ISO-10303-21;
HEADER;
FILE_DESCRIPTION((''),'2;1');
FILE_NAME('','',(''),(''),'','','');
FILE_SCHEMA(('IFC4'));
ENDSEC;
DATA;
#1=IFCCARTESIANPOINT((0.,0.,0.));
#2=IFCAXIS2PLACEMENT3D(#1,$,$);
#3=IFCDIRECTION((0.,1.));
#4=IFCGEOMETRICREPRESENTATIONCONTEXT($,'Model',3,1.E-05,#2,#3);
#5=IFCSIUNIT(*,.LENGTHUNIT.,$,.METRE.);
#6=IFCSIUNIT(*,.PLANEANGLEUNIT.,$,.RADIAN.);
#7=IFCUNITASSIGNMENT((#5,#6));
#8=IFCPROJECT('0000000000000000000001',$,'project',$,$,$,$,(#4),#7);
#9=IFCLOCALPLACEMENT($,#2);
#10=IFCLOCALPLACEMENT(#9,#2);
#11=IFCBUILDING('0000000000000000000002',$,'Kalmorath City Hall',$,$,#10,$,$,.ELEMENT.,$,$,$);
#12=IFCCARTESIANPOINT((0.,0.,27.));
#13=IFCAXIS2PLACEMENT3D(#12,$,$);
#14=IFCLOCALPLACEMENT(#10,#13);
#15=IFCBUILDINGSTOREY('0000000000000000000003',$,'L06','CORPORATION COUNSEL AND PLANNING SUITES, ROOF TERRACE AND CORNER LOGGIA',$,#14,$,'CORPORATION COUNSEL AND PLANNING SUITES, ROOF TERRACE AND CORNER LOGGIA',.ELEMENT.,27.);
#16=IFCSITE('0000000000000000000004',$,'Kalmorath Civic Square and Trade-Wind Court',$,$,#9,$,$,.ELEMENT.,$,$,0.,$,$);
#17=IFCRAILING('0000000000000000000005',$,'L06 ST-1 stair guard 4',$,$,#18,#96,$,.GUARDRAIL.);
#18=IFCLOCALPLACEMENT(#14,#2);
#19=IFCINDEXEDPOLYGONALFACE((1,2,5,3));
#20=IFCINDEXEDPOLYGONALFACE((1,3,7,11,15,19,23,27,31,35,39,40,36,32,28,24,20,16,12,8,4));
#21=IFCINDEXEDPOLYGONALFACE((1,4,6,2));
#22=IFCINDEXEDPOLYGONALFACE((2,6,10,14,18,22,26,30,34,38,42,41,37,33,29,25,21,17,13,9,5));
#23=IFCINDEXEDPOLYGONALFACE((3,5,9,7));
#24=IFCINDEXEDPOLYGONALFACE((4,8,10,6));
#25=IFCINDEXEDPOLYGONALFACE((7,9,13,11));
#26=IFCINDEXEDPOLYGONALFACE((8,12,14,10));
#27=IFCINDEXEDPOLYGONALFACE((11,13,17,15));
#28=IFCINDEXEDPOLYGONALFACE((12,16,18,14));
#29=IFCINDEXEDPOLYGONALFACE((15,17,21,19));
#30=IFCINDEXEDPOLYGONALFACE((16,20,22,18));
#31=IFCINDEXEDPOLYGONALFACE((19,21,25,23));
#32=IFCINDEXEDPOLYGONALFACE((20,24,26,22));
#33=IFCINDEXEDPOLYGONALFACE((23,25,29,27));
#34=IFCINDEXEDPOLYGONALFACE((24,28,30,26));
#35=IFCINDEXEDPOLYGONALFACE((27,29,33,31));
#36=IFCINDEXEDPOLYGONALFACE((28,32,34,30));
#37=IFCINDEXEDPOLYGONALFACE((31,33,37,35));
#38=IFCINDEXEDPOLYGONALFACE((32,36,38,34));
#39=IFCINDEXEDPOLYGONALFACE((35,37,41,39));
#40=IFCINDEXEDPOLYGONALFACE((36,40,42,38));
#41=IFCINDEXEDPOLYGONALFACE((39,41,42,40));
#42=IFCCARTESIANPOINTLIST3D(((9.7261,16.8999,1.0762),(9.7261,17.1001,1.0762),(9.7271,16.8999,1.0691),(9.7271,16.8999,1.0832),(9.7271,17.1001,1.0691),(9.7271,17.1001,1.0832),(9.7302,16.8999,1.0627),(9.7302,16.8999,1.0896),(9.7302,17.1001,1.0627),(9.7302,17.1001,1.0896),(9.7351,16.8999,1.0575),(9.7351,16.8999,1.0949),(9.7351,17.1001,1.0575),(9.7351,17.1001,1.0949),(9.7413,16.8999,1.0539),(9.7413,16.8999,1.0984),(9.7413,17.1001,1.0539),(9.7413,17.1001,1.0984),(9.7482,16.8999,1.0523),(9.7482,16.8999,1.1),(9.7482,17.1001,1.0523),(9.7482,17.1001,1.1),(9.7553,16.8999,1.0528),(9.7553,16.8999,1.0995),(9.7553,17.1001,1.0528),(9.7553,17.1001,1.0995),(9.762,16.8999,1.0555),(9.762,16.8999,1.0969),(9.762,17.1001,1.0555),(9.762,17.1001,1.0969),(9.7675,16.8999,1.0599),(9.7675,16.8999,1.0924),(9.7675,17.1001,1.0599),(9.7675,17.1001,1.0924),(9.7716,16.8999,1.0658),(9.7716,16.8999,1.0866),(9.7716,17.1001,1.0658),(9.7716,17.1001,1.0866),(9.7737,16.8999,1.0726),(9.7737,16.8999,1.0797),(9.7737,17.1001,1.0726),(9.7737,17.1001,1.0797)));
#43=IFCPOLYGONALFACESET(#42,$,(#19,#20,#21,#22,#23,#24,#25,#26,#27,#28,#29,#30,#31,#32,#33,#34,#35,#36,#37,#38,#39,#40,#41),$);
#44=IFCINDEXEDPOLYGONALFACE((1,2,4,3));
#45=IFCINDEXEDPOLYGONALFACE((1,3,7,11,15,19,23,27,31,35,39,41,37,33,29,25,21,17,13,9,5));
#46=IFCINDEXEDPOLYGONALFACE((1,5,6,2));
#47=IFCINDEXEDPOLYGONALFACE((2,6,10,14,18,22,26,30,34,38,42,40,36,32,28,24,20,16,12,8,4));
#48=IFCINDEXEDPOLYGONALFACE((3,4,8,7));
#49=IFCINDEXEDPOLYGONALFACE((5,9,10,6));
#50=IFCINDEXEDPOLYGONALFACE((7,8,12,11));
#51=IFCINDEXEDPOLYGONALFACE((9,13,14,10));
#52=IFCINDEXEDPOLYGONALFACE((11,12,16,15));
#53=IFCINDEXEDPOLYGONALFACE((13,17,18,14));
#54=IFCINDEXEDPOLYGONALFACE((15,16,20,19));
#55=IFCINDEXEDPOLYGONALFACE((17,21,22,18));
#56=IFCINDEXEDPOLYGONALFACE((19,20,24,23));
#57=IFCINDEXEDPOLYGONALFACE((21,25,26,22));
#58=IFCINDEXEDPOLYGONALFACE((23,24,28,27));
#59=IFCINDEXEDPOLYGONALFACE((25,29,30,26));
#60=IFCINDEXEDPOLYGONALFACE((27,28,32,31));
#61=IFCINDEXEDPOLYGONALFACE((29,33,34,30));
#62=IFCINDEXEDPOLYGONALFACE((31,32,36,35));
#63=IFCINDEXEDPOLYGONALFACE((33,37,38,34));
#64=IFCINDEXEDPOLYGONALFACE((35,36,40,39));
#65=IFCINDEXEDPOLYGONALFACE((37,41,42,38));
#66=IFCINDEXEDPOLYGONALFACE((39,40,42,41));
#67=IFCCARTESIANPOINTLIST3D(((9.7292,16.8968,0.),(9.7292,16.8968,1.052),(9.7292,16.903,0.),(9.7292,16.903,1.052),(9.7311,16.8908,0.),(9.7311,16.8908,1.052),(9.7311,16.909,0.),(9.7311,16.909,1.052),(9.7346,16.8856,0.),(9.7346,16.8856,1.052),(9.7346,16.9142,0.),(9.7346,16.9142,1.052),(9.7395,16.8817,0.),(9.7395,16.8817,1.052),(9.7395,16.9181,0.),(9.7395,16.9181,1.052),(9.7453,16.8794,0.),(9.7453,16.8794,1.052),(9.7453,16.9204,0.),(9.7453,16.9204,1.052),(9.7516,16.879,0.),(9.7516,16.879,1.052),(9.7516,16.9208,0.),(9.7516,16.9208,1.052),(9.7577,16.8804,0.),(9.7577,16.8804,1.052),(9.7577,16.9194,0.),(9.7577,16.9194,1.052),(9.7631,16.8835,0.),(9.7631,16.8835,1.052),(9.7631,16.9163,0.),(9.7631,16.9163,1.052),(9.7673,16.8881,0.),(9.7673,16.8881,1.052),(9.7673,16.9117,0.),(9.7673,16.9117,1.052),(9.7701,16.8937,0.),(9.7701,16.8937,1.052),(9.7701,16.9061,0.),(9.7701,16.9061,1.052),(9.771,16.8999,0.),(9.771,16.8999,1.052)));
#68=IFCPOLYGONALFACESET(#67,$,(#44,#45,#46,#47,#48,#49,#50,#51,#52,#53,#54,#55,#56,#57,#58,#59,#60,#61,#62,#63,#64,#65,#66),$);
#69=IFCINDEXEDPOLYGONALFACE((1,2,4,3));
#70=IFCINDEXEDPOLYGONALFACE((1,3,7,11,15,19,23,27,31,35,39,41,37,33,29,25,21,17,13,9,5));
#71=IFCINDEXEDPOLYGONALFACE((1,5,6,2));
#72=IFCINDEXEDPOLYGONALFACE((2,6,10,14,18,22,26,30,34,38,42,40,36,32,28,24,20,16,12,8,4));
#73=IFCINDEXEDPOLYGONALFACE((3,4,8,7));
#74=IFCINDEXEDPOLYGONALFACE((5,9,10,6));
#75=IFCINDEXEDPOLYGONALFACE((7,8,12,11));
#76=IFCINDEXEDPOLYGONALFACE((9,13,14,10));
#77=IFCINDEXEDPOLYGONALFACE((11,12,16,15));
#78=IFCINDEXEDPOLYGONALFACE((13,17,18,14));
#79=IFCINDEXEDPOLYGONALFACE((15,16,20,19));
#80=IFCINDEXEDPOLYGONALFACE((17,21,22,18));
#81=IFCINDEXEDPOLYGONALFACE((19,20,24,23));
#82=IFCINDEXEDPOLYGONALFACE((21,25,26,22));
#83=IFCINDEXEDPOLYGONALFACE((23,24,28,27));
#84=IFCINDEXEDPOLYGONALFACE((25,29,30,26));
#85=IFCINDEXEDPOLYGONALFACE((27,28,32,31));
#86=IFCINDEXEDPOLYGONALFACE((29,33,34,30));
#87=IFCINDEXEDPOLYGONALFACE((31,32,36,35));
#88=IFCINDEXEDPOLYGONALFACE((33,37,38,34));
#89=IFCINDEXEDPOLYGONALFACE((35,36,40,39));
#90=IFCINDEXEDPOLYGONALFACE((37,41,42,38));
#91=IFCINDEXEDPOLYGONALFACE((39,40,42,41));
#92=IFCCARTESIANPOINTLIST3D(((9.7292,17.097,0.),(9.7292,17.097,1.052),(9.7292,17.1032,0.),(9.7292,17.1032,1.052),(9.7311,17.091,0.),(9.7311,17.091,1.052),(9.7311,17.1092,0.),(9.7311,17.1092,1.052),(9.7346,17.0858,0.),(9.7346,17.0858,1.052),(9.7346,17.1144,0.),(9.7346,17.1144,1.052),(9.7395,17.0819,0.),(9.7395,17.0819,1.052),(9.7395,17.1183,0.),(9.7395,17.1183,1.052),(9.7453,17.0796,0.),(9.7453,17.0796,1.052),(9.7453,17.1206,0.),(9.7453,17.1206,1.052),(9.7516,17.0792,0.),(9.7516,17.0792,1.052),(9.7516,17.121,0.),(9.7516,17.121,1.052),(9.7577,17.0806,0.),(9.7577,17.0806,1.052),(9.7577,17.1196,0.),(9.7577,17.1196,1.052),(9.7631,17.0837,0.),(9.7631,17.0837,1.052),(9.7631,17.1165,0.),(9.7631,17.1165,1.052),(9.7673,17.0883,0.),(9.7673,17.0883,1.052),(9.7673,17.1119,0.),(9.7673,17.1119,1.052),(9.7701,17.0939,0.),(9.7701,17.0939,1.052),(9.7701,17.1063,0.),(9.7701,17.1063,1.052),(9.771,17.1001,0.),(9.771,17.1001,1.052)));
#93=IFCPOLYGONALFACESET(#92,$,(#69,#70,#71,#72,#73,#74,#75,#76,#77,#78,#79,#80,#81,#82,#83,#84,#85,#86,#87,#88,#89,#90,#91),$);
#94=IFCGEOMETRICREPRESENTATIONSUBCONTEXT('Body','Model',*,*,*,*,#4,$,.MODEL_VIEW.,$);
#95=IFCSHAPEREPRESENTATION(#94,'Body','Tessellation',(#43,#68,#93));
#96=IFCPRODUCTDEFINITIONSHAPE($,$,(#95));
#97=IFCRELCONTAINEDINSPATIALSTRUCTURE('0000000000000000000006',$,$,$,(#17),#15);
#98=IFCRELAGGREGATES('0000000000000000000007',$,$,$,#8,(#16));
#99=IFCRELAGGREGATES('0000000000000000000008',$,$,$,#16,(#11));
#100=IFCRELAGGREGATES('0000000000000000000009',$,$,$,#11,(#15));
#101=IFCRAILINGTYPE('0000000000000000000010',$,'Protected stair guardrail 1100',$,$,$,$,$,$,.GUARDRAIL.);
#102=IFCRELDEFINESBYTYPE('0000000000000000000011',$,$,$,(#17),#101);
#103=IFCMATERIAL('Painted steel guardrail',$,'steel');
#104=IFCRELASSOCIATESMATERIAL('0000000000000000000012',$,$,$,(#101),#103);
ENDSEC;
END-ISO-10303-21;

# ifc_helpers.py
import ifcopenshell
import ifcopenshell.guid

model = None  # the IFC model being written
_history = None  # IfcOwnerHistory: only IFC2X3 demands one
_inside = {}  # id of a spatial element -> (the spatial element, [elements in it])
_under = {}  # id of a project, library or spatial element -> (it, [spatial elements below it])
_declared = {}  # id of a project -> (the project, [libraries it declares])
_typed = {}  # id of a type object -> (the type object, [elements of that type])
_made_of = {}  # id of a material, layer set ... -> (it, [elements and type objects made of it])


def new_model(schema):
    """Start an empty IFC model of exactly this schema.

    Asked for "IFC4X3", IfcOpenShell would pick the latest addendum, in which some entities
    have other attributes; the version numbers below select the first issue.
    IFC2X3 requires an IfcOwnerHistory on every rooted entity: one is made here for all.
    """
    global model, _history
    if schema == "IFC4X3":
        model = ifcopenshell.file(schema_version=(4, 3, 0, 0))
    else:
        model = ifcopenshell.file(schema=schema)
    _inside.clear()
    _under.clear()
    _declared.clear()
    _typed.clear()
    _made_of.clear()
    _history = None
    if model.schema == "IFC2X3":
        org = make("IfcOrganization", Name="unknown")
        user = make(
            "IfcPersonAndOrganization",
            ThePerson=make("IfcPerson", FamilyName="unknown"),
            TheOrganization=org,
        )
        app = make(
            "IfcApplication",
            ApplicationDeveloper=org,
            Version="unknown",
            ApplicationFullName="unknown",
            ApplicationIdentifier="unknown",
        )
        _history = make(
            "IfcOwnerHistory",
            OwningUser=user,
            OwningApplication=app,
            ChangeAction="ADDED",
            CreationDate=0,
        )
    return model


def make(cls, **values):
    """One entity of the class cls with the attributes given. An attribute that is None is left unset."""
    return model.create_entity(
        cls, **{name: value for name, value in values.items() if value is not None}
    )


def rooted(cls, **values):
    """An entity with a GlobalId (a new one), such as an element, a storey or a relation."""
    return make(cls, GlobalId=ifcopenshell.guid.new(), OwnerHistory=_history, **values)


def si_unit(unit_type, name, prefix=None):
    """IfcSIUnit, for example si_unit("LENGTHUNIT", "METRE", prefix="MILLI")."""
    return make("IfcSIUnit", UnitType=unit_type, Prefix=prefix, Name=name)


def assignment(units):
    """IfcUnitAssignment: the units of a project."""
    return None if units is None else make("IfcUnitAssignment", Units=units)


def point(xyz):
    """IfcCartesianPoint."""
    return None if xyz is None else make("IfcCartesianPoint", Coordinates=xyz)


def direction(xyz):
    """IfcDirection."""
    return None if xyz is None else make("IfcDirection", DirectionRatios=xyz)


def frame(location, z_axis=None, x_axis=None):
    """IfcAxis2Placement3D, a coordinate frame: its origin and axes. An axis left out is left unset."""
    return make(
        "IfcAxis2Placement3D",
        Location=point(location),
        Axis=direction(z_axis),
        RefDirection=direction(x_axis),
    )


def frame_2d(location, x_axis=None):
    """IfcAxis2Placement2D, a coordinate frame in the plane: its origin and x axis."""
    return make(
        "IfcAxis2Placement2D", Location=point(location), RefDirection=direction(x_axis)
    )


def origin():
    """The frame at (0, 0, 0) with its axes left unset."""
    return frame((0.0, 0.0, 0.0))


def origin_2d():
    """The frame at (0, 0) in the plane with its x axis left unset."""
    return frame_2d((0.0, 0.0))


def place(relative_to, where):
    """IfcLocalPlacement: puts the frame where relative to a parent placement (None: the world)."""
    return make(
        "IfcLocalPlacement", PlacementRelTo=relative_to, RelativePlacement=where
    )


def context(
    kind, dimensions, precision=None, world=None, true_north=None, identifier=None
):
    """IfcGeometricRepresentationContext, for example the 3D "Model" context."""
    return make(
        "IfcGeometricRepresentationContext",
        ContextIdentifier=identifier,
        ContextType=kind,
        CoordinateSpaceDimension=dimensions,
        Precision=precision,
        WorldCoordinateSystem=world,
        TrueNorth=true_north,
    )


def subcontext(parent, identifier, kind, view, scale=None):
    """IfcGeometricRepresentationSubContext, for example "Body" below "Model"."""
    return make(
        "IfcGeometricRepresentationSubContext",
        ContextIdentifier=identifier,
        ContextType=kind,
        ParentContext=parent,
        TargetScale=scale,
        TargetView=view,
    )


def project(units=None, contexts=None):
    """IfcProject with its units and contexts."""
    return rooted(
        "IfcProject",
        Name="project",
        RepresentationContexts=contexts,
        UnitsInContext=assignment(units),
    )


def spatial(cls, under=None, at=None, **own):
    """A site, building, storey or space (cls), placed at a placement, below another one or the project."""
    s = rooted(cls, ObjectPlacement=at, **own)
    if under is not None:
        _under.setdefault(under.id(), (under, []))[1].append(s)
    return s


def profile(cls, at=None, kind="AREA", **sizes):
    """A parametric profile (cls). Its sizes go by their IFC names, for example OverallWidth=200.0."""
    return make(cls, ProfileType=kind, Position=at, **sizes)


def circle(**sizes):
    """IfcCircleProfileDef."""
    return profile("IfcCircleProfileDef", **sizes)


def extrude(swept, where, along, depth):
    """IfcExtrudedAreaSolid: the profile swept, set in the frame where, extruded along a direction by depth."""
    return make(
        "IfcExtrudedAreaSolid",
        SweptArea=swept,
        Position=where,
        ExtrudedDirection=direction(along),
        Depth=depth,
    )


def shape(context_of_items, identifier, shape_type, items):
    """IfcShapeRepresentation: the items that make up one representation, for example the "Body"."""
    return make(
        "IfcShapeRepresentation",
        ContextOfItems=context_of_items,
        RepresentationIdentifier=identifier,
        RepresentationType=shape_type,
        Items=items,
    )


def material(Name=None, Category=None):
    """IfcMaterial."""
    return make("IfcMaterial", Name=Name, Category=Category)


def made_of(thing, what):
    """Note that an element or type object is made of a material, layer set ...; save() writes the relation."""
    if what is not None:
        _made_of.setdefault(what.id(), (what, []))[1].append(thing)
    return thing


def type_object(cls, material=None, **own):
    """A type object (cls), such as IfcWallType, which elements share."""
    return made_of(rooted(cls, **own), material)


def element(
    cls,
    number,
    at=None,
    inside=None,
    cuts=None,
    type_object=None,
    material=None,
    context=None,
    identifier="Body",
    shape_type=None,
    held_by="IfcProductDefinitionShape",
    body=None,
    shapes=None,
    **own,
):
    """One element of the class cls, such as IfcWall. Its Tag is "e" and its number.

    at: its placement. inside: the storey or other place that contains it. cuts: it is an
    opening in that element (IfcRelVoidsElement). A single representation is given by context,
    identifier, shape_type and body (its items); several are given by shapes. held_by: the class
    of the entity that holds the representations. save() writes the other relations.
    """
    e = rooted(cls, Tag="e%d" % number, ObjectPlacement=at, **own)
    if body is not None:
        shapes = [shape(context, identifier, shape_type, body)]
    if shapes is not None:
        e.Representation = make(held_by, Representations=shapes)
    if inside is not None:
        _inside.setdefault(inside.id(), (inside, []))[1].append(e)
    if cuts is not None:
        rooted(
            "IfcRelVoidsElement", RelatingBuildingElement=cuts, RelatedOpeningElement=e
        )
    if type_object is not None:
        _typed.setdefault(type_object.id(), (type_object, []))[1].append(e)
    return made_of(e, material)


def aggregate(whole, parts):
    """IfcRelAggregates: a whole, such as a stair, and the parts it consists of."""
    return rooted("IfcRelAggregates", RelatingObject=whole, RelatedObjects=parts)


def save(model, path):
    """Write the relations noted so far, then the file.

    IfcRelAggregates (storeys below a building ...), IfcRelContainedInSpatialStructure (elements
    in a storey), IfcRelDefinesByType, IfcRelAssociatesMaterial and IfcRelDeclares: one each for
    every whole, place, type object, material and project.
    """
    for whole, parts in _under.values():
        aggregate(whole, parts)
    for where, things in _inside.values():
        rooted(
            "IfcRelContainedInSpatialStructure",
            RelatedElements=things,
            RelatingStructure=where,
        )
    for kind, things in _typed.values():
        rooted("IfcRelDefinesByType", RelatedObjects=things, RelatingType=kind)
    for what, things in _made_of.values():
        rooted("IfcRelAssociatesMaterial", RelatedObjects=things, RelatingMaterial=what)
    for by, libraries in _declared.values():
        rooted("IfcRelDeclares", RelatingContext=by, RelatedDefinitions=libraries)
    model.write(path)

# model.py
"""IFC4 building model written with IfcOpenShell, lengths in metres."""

from ifc_helpers import new_model, si_unit, direction, frame, origin, origin_2d, place, context, subcontext, project, spatial, circle, extrude, material, type_object, element, save


model = new_model("IFC4")

# Units and contexts
model_context = context("Model", 3, precision=1e-05, world=origin(), true_north=direction((0.0, 1.0)))
body_context = subcontext(model_context, "Body", "Model", "MODEL_VIEW")
ifc_project = project(units=[si_unit("LENGTHUNIT", "METRE"), si_unit("PLANEANGLEUNIT", "RADIAN")], contexts=[model_context])

# Site, building, storey
site_placement = place(None, origin())
site = spatial("IfcSite", under=ifc_project, at=site_placement, Name="Kalmorath Civic Square and Trade-Wind Court", CompositionType="ELEMENT", RefElevation=0.0)
building_placement = place(site_placement, origin())
building = spatial("IfcBuilding", under=site, at=building_placement, Name="Kalmorath City Hall", CompositionType="ELEMENT")
storey_placement = place(building_placement, frame((0.0, 0.0, 27.0)))
storey = spatial("IfcBuildingStorey", under=building, at=storey_placement, Name="L06", Description="CORPORATION COUNSEL AND PLANNING SUITES, ROOF TERRACE AND CORNER LOGGIA", LongName="CORPORATION COUNSEL AND PLANNING SUITES, ROOF TERRACE AND CORNER LOGGIA", CompositionType="ELEMENT", Elevation=27.0)

# Railing
ifc_material_1 = material(Name="Painted steel guardrail", Category="steel")
railing_type_1 = type_object("IfcRailingType", Name="Protected stair guardrail 1100", PredefinedType="GUARDRAIL", material=ifc_material_1)
railing_1_placement = place(storey_placement, frame((9.75, 16.8999, 0.0)))
element("IfcRailing", 1, at=railing_1_placement, inside=storey, type_object=railing_type_1, Name="L06 ST-1 stair guard 4", PredefinedType="GUARDRAIL", context=body_context, shape_type="SweptSolid", body=[
    extrude(circle(Radius=0.0239, at=origin_2d()), frame((0.0, 0.0, 1.0762), z_axis=(0.0, 1.0, 0.0), x_axis=(-1.0, 0.0, 0.0)), (0.0, 0.0, 1.0), 0.2002),
    extrude(circle(Radius=0.021, at=origin_2d()), origin(), (0.0, 0.0, 1.0), 1.052),
    extrude(circle(Radius=0.021, at=origin_2d()), frame((0.0, 0.2002, 0.0)), (0.0, 0.0, 1.0), 1.052),
])

save(model, "model.ifc")
